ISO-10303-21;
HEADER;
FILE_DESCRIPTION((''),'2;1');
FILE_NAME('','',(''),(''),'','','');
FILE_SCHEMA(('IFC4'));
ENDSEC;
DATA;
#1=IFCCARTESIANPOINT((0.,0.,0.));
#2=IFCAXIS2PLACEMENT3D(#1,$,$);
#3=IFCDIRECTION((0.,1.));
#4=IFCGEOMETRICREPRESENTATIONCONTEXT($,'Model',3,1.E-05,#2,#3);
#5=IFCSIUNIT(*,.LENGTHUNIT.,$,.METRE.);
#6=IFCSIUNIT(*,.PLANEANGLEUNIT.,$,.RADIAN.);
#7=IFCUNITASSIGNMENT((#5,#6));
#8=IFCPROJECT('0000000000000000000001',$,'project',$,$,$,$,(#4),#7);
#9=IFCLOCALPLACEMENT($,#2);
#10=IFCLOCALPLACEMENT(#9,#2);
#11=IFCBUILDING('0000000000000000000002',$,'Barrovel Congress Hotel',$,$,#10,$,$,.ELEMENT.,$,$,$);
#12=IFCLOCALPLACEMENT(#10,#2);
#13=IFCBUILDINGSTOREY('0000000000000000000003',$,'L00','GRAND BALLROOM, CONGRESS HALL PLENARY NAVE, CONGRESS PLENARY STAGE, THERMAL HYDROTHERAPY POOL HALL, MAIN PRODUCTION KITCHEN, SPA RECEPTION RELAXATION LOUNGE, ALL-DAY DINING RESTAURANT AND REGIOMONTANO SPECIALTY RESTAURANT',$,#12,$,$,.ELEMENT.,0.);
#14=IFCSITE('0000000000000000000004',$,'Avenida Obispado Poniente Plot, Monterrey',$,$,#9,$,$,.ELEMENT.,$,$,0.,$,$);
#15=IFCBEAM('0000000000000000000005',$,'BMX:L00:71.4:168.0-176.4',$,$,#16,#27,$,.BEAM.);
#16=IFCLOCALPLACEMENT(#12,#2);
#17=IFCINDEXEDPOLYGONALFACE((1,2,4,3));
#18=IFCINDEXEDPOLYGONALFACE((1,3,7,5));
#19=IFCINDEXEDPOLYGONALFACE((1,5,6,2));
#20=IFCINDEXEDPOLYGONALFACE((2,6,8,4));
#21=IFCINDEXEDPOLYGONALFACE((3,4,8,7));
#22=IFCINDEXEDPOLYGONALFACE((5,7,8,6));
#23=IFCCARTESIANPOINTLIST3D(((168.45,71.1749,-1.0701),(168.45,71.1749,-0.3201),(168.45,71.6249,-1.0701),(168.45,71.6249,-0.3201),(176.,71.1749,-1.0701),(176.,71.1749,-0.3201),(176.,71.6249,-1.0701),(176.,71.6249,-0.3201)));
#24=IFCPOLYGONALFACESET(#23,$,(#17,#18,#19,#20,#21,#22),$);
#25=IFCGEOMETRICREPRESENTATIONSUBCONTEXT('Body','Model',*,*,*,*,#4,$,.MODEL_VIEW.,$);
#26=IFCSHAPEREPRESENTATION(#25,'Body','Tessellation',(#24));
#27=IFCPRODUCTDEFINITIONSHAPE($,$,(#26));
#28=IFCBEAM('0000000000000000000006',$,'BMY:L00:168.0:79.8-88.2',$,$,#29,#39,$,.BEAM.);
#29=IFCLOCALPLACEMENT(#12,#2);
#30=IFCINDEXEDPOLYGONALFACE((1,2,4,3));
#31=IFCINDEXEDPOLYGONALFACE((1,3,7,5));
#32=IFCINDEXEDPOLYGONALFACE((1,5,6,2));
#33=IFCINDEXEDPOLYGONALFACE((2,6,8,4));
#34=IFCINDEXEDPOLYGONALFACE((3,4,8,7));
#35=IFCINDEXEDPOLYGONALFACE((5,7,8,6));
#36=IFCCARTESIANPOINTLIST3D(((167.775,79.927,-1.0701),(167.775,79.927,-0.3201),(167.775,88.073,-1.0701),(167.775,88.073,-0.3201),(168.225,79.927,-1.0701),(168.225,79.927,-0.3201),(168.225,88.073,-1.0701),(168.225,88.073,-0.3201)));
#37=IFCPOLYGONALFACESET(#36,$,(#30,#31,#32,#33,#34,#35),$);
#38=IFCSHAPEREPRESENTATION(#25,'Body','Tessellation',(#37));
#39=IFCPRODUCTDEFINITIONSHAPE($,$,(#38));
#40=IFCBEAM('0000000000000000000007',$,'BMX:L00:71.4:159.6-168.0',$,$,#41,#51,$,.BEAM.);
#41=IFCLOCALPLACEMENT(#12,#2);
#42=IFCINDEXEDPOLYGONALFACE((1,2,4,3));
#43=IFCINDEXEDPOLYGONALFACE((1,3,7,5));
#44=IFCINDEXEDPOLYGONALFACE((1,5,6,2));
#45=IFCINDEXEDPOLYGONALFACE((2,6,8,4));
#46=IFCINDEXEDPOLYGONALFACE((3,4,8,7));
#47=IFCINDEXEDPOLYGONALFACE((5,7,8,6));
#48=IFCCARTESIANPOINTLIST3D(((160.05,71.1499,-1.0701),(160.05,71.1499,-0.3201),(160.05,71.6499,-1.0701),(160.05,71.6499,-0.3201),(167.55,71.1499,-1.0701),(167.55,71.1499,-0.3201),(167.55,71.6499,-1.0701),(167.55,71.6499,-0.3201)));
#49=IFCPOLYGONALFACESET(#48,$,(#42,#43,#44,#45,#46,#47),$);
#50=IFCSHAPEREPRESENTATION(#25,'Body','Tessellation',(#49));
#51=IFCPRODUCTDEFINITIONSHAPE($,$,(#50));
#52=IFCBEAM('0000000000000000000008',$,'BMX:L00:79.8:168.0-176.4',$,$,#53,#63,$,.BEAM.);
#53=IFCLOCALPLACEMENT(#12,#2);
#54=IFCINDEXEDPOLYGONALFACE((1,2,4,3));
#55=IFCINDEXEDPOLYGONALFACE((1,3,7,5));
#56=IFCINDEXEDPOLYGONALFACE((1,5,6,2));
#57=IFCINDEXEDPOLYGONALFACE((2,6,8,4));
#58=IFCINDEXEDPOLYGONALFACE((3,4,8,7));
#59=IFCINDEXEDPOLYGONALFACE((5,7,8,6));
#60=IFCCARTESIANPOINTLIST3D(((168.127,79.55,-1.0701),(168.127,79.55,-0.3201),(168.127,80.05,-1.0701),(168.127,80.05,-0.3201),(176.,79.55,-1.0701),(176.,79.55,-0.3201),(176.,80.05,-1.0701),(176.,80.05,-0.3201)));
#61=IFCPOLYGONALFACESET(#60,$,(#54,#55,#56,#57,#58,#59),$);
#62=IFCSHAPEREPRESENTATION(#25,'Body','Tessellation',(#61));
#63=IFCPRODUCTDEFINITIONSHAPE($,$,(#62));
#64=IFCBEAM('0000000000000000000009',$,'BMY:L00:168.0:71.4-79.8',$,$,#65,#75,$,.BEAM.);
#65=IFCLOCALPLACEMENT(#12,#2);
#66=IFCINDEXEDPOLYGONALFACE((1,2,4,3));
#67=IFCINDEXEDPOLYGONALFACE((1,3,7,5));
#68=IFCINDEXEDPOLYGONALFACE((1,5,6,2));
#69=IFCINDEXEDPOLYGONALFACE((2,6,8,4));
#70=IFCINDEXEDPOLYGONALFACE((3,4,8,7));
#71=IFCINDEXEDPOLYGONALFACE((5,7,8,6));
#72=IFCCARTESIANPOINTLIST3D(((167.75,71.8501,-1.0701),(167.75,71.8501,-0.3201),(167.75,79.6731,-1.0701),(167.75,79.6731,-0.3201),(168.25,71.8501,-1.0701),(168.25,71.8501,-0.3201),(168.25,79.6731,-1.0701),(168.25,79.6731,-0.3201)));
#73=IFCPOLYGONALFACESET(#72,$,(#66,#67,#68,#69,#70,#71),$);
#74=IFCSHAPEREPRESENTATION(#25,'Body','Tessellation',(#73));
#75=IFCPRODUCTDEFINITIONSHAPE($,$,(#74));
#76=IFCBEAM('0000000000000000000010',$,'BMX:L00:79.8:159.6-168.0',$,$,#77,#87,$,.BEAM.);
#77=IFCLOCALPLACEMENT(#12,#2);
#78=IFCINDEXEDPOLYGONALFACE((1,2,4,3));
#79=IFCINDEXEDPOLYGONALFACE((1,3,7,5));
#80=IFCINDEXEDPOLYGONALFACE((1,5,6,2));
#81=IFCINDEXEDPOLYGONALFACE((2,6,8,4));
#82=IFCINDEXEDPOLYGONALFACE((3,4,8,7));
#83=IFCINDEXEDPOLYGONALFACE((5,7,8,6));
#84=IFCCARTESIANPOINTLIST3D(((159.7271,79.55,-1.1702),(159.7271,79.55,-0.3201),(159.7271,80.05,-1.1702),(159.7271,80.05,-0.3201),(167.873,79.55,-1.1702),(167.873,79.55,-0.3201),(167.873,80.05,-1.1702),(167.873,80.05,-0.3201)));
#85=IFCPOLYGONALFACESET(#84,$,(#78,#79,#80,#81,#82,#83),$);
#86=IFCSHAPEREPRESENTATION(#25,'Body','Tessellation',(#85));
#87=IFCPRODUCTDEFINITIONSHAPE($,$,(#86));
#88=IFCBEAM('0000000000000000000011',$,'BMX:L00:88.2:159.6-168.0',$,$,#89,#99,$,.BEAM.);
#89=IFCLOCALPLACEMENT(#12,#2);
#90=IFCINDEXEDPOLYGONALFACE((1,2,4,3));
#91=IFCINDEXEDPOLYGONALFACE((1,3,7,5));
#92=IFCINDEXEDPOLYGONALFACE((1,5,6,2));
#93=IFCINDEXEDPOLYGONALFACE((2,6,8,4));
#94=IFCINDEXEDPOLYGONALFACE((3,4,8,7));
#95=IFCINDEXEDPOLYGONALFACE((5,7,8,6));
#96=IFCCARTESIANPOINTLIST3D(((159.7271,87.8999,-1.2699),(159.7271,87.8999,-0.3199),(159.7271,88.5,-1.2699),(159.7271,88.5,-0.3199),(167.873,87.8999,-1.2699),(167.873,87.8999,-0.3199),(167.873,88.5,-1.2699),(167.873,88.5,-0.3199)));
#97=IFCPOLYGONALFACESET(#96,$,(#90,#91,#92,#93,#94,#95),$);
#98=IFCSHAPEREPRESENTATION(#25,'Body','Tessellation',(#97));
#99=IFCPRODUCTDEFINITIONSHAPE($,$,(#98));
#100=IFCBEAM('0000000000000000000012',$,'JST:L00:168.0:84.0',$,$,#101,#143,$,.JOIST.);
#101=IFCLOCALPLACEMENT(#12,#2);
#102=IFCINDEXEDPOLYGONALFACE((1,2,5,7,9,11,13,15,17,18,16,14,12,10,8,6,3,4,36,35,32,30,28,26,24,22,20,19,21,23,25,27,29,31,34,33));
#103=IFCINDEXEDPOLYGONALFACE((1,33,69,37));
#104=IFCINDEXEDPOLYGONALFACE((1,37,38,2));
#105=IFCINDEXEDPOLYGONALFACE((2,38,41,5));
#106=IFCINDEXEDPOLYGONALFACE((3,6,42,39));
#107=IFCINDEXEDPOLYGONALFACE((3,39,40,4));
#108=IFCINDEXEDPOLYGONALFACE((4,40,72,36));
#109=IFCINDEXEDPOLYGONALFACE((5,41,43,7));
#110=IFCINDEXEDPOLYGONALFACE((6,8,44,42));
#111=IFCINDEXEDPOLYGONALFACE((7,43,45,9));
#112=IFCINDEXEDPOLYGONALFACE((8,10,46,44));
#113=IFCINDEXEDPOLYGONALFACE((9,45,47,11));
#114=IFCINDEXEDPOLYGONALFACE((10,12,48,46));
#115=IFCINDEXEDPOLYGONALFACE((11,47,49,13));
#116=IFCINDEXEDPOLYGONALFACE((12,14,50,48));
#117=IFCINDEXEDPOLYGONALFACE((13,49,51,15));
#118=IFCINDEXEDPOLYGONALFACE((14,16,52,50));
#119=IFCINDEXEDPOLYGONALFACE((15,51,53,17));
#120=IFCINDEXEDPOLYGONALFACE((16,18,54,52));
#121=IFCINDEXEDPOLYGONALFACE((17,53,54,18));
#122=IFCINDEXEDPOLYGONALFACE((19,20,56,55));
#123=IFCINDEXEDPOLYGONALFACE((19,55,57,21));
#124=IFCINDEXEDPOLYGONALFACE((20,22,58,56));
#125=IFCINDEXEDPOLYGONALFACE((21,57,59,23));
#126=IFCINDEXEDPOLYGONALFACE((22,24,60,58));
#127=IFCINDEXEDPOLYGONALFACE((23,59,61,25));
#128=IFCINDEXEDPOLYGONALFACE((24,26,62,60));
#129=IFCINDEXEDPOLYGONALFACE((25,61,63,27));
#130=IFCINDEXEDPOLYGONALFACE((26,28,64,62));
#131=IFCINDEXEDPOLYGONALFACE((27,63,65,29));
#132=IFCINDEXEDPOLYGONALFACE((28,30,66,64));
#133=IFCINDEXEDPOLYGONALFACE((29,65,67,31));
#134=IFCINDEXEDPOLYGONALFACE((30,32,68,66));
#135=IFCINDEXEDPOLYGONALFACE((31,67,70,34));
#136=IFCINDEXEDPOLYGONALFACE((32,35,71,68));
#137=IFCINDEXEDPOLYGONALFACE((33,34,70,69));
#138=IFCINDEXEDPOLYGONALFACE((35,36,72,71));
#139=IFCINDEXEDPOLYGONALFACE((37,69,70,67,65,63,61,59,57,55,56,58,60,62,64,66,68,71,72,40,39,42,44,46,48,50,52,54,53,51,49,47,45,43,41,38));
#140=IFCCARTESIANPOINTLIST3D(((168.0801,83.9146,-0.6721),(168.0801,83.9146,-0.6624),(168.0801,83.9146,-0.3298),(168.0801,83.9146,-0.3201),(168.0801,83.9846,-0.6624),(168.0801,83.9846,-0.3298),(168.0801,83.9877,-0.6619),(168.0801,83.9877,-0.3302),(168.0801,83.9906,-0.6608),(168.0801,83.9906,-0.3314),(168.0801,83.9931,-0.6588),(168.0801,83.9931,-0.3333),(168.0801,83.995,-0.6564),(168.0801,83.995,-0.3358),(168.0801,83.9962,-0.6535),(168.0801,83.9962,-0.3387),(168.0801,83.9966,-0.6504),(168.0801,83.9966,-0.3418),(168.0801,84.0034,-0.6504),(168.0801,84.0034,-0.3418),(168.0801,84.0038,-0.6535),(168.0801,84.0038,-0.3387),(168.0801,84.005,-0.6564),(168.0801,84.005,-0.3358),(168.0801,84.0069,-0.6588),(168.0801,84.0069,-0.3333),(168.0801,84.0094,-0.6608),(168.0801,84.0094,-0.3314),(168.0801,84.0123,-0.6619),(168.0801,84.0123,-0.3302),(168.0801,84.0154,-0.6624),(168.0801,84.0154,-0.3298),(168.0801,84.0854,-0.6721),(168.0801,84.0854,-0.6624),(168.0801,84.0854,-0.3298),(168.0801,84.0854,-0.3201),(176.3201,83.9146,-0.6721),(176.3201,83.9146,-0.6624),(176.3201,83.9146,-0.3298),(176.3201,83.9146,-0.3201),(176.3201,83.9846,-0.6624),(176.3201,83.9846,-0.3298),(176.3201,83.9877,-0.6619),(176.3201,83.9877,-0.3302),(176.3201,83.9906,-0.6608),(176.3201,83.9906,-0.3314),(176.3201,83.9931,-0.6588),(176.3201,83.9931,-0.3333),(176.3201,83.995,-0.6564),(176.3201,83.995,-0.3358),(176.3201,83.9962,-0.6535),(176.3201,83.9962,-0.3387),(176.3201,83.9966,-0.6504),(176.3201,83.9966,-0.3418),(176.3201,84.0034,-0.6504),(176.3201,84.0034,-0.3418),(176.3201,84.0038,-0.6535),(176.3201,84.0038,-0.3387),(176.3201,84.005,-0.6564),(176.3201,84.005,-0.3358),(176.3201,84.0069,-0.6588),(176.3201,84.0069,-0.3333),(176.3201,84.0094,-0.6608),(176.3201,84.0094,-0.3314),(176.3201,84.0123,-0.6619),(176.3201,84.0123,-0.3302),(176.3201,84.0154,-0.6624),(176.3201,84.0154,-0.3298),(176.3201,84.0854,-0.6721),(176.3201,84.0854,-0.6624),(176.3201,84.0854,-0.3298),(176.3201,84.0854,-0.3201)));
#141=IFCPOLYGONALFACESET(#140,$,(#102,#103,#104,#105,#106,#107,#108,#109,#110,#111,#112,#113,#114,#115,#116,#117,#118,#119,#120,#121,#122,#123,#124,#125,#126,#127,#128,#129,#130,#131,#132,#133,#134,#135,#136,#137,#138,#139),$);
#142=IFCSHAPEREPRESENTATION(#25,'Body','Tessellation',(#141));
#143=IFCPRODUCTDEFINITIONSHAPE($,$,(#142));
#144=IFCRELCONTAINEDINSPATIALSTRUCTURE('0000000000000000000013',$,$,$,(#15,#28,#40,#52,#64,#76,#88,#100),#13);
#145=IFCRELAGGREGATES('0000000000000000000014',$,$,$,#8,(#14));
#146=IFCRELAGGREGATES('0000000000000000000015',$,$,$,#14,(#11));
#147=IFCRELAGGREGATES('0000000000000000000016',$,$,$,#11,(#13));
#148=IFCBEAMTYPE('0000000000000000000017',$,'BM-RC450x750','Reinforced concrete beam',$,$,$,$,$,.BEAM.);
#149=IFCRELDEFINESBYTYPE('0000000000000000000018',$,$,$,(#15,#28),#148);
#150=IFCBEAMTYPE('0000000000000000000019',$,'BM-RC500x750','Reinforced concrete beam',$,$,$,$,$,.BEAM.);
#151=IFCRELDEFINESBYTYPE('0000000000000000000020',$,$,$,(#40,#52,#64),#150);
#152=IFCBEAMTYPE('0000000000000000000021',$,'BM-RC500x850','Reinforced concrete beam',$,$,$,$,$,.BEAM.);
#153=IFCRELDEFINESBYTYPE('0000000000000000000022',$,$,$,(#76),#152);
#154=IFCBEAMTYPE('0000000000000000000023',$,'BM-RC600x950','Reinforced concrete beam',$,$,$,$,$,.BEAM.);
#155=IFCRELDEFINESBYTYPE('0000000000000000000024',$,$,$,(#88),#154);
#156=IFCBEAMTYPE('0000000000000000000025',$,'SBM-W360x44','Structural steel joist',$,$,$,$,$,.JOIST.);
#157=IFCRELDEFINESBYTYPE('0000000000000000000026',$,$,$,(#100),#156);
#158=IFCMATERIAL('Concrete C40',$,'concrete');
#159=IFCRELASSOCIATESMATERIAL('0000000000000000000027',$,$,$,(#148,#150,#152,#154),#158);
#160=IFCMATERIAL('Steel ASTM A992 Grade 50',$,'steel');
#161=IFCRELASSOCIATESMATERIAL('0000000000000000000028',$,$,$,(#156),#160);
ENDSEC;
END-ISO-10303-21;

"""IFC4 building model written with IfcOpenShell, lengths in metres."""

from ifc_helpers import new_model, si_unit, direction, frame, origin, origin_2d, place, context, subcontext, project, spatial, rectangle, i_section, extrude, material, material_profile, profile_set, type_object, element, save


model = new_model("IFC4")

# Units and contexts
model_context = context("Model", 3, precision=1e-05, world=origin(), true_north=direction((0.0, 1.0)))
body_context = subcontext(model_context, "Body", "Model", "MODEL_VIEW")
ifc_project = project(units=[si_unit("LENGTHUNIT", "METRE"), si_unit("PLANEANGLEUNIT", "RADIAN")], contexts=[model_context])

# Site, building, storey
site_placement = place(None, origin())
site = spatial("IfcSite", under=ifc_project, at=site_placement, Name="Avenida Obispado Poniente Plot, Monterrey", CompositionType="ELEMENT", RefElevation=0.0)
building_placement = place(site_placement, origin())
building = spatial("IfcBuilding", under=site, at=building_placement, Name="Barrovel Congress Hotel", CompositionType="ELEMENT")
storey_placement = place(building_placement, origin())
storey = spatial("IfcBuildingStorey", under=building, at=storey_placement, Name="L00", Description="GRAND BALLROOM, CONGRESS HALL PLENARY NAVE, CONGRESS PLENARY STAGE, THERMAL HYDROTHERAPY POOL HALL, MAIN PRODUCTION KITCHEN, SPA RECEPTION RELAXATION LOUNGE, ALL-DAY DINING RESTAURANT AND REGIOMONTANO SPECIALTY RESTAURANT", CompositionType="ELEMENT", Elevation=0.0)

# Shared definitions
ifc_material_1 = material(Name="Concrete C40", Category="concrete")

# Beams
ifc_material_profile_1 = material_profile(ifc_material_1, rectangle(XDim=0.45, YDim=0.75, at=origin_2d()), Name="RC450x750")
ifc_profile_set_1 = profile_set([ifc_material_profile_1], Name="Concrete C40")
beam_type_1 = type_object("IfcBeamType", Name="BM-RC450x750", Description="Reinforced concrete beam", PredefinedType="BEAM", material=ifc_profile_set_1)
beam_1_placement = place(storey_placement, frame((168.45, 71.3999, -0.6951), z_axis=(1.0, 0.0, 0.0), x_axis=(0.0, 1.0, 0.0)))
element("IfcBeam", 1, at=beam_1_placement, inside=storey, type_object=beam_type_1, Name="BMX:L00:71.4:168.0-176.4", PredefinedType="BEAM", context=body_context, shape_type="SweptSolid", body=[
    extrude(rectangle(XDim=0.45, YDim=0.75, at=origin_2d()), origin(), (0.0, 0.0, 1.0), 7.55),
])
beam_2_placement = place(storey_placement, frame((168.0, 79.927, -0.6951), z_axis=(0.0, 1.0, 0.0), x_axis=(-1.0, 0.0, 0.0)))
element("IfcBeam", 2, at=beam_2_placement, inside=storey, type_object=beam_type_1, Name="BMY:L00:168.0:79.8-88.2", PredefinedType="BEAM", context=body_context, shape_type="SweptSolid", body=[
    extrude(rectangle(XDim=0.45, YDim=0.75, at=origin_2d()), origin(), (0.0, 0.0, 1.0), 8.146),
])
ifc_material_profile_2 = material_profile(ifc_material_1, rectangle(XDim=0.5, YDim=0.75, at=origin_2d()), Name="RC500x750")
ifc_profile_set_2 = profile_set([ifc_material_profile_2], Name="Concrete C40")
beam_type_2 = type_object("IfcBeamType", Name="BM-RC500x750", Description="Reinforced concrete beam", PredefinedType="BEAM", material=ifc_profile_set_2)
beam_3_placement = place(storey_placement, frame((160.05, 71.3999, -0.6951), z_axis=(1.0, 0.0, 0.0), x_axis=(0.0, 1.0, 0.0)))
element("IfcBeam", 3, at=beam_3_placement, inside=storey, type_object=beam_type_2, Name="BMX:L00:71.4:159.6-168.0", PredefinedType="BEAM", context=body_context, shape_type="SweptSolid", body=[
    extrude(rectangle(XDim=0.5, YDim=0.75, at=origin_2d()), origin(), (0.0, 0.0, 1.0), 7.5),
])
beam_4_placement = place(storey_placement, frame((168.127, 79.8, -0.6951), z_axis=(1.0, 0.0, 0.0), x_axis=(0.0, 1.0, 0.0)))
element("IfcBeam", 4, at=beam_4_placement, inside=storey, type_object=beam_type_2, Name="BMX:L00:79.8:168.0-176.4", PredefinedType="BEAM", context=body_context, shape_type="SweptSolid", body=[
    extrude(rectangle(XDim=0.5, YDim=0.75, at=origin_2d()), origin(), (0.0, 0.0, 1.0), 7.873),
])
beam_5_placement = place(storey_placement, frame((168.0, 71.8501, -0.6951), z_axis=(0.0, 1.0, 0.0), x_axis=(-1.0, 0.0, 0.0)))
element("IfcBeam", 5, at=beam_5_placement, inside=storey, type_object=beam_type_2, Name="BMY:L00:168.0:71.4-79.8", PredefinedType="BEAM", context=body_context, shape_type="SweptSolid", body=[
    extrude(rectangle(XDim=0.5, YDim=0.75, at=origin_2d()), origin(), (0.0, 0.0, 1.0), 7.823),
])
ifc_material_profile_3 = material_profile(ifc_material_1, rectangle(XDim=0.5, YDim=0.8501, at=origin_2d()), Name="RC500x850")
ifc_profile_set_3 = profile_set([ifc_material_profile_3], Name="Concrete C40")
beam_type_3 = type_object("IfcBeamType", Name="BM-RC500x850", Description="Reinforced concrete beam", PredefinedType="BEAM", material=ifc_profile_set_3)
beam_6_placement = place(storey_placement, frame((159.7271, 79.8, -0.7451), z_axis=(1.0, 0.0, 0.0), x_axis=(0.0, 1.0, 0.0)))
element("IfcBeam", 6, at=beam_6_placement, inside=storey, type_object=beam_type_3, Name="BMX:L00:79.8:159.6-168.0", PredefinedType="BEAM", context=body_context, shape_type="SweptSolid", body=[
    extrude(rectangle(XDim=0.5, YDim=0.8501, at=origin_2d()), origin(), (0.0, 0.0, 1.0), 8.146),
])
ifc_material_profile_4 = material_profile(ifc_material_1, rectangle(XDim=0.6001, YDim=0.95, at=origin_2d()), Name="RC600x950")
ifc_profile_set_4 = profile_set([ifc_material_profile_4], Name="Concrete C40")
beam_type_4 = type_object("IfcBeamType", Name="BM-RC600x950", Description="Reinforced concrete beam", PredefinedType="BEAM", material=ifc_profile_set_4)
beam_7_placement = place(storey_placement, frame((159.7271, 88.2, -0.7949), z_axis=(1.0, 0.0, 0.0), x_axis=(0.0, 1.0, 0.0)))
element("IfcBeam", 7, at=beam_7_placement, inside=storey, type_object=beam_type_4, Name="BMX:L00:88.2:159.6-168.0", PredefinedType="BEAM", context=body_context, shape_type="SweptSolid", body=[
    extrude(rectangle(XDim=0.6001, YDim=0.95, at=origin_2d()), origin(), (0.0, 0.0, 1.0), 8.146),
])
ifc_material_2 = material(Name="Steel ASTM A992 Grade 50", Category="steel")
ifc_material_profile_5 = material_profile(ifc_material_2, i_section(OverallWidth=0.1709, OverallDepth=0.3521, WebThickness=0.0068, FlangeThickness=0.0098, FilletRadius=0.012, at=origin_2d()), Name="W360x44")
ifc_profile_set_5 = profile_set([ifc_material_profile_5], Name="Steel ASTM A992 Grade 50")
beam_type_5 = type_object("IfcBeamType", Name="SBM-W360x44", Description="Structural steel joist", PredefinedType="JOIST", material=ifc_profile_set_5)
beam_8_placement = place(storey_placement, frame((168.0801, 84.0, -0.4961), z_axis=(1.0, 0.0, 0.0), x_axis=(0.0, 1.0, 0.0)))
element("IfcBeam", 8, at=beam_8_placement, inside=storey, type_object=beam_type_5, Name="JST:L00:168.0:84.0", PredefinedType="JOIST", context=body_context, shape_type="SweptSolid", body=[
    extrude(i_section(OverallWidth=0.1709, OverallDepth=0.3521, WebThickness=0.0068, FlangeThickness=0.0098, FilletRadius=0.012, at=origin_2d()), origin(), (0.0, 0.0, 1.0), 8.24),
])

save(model, "model.ifc")
